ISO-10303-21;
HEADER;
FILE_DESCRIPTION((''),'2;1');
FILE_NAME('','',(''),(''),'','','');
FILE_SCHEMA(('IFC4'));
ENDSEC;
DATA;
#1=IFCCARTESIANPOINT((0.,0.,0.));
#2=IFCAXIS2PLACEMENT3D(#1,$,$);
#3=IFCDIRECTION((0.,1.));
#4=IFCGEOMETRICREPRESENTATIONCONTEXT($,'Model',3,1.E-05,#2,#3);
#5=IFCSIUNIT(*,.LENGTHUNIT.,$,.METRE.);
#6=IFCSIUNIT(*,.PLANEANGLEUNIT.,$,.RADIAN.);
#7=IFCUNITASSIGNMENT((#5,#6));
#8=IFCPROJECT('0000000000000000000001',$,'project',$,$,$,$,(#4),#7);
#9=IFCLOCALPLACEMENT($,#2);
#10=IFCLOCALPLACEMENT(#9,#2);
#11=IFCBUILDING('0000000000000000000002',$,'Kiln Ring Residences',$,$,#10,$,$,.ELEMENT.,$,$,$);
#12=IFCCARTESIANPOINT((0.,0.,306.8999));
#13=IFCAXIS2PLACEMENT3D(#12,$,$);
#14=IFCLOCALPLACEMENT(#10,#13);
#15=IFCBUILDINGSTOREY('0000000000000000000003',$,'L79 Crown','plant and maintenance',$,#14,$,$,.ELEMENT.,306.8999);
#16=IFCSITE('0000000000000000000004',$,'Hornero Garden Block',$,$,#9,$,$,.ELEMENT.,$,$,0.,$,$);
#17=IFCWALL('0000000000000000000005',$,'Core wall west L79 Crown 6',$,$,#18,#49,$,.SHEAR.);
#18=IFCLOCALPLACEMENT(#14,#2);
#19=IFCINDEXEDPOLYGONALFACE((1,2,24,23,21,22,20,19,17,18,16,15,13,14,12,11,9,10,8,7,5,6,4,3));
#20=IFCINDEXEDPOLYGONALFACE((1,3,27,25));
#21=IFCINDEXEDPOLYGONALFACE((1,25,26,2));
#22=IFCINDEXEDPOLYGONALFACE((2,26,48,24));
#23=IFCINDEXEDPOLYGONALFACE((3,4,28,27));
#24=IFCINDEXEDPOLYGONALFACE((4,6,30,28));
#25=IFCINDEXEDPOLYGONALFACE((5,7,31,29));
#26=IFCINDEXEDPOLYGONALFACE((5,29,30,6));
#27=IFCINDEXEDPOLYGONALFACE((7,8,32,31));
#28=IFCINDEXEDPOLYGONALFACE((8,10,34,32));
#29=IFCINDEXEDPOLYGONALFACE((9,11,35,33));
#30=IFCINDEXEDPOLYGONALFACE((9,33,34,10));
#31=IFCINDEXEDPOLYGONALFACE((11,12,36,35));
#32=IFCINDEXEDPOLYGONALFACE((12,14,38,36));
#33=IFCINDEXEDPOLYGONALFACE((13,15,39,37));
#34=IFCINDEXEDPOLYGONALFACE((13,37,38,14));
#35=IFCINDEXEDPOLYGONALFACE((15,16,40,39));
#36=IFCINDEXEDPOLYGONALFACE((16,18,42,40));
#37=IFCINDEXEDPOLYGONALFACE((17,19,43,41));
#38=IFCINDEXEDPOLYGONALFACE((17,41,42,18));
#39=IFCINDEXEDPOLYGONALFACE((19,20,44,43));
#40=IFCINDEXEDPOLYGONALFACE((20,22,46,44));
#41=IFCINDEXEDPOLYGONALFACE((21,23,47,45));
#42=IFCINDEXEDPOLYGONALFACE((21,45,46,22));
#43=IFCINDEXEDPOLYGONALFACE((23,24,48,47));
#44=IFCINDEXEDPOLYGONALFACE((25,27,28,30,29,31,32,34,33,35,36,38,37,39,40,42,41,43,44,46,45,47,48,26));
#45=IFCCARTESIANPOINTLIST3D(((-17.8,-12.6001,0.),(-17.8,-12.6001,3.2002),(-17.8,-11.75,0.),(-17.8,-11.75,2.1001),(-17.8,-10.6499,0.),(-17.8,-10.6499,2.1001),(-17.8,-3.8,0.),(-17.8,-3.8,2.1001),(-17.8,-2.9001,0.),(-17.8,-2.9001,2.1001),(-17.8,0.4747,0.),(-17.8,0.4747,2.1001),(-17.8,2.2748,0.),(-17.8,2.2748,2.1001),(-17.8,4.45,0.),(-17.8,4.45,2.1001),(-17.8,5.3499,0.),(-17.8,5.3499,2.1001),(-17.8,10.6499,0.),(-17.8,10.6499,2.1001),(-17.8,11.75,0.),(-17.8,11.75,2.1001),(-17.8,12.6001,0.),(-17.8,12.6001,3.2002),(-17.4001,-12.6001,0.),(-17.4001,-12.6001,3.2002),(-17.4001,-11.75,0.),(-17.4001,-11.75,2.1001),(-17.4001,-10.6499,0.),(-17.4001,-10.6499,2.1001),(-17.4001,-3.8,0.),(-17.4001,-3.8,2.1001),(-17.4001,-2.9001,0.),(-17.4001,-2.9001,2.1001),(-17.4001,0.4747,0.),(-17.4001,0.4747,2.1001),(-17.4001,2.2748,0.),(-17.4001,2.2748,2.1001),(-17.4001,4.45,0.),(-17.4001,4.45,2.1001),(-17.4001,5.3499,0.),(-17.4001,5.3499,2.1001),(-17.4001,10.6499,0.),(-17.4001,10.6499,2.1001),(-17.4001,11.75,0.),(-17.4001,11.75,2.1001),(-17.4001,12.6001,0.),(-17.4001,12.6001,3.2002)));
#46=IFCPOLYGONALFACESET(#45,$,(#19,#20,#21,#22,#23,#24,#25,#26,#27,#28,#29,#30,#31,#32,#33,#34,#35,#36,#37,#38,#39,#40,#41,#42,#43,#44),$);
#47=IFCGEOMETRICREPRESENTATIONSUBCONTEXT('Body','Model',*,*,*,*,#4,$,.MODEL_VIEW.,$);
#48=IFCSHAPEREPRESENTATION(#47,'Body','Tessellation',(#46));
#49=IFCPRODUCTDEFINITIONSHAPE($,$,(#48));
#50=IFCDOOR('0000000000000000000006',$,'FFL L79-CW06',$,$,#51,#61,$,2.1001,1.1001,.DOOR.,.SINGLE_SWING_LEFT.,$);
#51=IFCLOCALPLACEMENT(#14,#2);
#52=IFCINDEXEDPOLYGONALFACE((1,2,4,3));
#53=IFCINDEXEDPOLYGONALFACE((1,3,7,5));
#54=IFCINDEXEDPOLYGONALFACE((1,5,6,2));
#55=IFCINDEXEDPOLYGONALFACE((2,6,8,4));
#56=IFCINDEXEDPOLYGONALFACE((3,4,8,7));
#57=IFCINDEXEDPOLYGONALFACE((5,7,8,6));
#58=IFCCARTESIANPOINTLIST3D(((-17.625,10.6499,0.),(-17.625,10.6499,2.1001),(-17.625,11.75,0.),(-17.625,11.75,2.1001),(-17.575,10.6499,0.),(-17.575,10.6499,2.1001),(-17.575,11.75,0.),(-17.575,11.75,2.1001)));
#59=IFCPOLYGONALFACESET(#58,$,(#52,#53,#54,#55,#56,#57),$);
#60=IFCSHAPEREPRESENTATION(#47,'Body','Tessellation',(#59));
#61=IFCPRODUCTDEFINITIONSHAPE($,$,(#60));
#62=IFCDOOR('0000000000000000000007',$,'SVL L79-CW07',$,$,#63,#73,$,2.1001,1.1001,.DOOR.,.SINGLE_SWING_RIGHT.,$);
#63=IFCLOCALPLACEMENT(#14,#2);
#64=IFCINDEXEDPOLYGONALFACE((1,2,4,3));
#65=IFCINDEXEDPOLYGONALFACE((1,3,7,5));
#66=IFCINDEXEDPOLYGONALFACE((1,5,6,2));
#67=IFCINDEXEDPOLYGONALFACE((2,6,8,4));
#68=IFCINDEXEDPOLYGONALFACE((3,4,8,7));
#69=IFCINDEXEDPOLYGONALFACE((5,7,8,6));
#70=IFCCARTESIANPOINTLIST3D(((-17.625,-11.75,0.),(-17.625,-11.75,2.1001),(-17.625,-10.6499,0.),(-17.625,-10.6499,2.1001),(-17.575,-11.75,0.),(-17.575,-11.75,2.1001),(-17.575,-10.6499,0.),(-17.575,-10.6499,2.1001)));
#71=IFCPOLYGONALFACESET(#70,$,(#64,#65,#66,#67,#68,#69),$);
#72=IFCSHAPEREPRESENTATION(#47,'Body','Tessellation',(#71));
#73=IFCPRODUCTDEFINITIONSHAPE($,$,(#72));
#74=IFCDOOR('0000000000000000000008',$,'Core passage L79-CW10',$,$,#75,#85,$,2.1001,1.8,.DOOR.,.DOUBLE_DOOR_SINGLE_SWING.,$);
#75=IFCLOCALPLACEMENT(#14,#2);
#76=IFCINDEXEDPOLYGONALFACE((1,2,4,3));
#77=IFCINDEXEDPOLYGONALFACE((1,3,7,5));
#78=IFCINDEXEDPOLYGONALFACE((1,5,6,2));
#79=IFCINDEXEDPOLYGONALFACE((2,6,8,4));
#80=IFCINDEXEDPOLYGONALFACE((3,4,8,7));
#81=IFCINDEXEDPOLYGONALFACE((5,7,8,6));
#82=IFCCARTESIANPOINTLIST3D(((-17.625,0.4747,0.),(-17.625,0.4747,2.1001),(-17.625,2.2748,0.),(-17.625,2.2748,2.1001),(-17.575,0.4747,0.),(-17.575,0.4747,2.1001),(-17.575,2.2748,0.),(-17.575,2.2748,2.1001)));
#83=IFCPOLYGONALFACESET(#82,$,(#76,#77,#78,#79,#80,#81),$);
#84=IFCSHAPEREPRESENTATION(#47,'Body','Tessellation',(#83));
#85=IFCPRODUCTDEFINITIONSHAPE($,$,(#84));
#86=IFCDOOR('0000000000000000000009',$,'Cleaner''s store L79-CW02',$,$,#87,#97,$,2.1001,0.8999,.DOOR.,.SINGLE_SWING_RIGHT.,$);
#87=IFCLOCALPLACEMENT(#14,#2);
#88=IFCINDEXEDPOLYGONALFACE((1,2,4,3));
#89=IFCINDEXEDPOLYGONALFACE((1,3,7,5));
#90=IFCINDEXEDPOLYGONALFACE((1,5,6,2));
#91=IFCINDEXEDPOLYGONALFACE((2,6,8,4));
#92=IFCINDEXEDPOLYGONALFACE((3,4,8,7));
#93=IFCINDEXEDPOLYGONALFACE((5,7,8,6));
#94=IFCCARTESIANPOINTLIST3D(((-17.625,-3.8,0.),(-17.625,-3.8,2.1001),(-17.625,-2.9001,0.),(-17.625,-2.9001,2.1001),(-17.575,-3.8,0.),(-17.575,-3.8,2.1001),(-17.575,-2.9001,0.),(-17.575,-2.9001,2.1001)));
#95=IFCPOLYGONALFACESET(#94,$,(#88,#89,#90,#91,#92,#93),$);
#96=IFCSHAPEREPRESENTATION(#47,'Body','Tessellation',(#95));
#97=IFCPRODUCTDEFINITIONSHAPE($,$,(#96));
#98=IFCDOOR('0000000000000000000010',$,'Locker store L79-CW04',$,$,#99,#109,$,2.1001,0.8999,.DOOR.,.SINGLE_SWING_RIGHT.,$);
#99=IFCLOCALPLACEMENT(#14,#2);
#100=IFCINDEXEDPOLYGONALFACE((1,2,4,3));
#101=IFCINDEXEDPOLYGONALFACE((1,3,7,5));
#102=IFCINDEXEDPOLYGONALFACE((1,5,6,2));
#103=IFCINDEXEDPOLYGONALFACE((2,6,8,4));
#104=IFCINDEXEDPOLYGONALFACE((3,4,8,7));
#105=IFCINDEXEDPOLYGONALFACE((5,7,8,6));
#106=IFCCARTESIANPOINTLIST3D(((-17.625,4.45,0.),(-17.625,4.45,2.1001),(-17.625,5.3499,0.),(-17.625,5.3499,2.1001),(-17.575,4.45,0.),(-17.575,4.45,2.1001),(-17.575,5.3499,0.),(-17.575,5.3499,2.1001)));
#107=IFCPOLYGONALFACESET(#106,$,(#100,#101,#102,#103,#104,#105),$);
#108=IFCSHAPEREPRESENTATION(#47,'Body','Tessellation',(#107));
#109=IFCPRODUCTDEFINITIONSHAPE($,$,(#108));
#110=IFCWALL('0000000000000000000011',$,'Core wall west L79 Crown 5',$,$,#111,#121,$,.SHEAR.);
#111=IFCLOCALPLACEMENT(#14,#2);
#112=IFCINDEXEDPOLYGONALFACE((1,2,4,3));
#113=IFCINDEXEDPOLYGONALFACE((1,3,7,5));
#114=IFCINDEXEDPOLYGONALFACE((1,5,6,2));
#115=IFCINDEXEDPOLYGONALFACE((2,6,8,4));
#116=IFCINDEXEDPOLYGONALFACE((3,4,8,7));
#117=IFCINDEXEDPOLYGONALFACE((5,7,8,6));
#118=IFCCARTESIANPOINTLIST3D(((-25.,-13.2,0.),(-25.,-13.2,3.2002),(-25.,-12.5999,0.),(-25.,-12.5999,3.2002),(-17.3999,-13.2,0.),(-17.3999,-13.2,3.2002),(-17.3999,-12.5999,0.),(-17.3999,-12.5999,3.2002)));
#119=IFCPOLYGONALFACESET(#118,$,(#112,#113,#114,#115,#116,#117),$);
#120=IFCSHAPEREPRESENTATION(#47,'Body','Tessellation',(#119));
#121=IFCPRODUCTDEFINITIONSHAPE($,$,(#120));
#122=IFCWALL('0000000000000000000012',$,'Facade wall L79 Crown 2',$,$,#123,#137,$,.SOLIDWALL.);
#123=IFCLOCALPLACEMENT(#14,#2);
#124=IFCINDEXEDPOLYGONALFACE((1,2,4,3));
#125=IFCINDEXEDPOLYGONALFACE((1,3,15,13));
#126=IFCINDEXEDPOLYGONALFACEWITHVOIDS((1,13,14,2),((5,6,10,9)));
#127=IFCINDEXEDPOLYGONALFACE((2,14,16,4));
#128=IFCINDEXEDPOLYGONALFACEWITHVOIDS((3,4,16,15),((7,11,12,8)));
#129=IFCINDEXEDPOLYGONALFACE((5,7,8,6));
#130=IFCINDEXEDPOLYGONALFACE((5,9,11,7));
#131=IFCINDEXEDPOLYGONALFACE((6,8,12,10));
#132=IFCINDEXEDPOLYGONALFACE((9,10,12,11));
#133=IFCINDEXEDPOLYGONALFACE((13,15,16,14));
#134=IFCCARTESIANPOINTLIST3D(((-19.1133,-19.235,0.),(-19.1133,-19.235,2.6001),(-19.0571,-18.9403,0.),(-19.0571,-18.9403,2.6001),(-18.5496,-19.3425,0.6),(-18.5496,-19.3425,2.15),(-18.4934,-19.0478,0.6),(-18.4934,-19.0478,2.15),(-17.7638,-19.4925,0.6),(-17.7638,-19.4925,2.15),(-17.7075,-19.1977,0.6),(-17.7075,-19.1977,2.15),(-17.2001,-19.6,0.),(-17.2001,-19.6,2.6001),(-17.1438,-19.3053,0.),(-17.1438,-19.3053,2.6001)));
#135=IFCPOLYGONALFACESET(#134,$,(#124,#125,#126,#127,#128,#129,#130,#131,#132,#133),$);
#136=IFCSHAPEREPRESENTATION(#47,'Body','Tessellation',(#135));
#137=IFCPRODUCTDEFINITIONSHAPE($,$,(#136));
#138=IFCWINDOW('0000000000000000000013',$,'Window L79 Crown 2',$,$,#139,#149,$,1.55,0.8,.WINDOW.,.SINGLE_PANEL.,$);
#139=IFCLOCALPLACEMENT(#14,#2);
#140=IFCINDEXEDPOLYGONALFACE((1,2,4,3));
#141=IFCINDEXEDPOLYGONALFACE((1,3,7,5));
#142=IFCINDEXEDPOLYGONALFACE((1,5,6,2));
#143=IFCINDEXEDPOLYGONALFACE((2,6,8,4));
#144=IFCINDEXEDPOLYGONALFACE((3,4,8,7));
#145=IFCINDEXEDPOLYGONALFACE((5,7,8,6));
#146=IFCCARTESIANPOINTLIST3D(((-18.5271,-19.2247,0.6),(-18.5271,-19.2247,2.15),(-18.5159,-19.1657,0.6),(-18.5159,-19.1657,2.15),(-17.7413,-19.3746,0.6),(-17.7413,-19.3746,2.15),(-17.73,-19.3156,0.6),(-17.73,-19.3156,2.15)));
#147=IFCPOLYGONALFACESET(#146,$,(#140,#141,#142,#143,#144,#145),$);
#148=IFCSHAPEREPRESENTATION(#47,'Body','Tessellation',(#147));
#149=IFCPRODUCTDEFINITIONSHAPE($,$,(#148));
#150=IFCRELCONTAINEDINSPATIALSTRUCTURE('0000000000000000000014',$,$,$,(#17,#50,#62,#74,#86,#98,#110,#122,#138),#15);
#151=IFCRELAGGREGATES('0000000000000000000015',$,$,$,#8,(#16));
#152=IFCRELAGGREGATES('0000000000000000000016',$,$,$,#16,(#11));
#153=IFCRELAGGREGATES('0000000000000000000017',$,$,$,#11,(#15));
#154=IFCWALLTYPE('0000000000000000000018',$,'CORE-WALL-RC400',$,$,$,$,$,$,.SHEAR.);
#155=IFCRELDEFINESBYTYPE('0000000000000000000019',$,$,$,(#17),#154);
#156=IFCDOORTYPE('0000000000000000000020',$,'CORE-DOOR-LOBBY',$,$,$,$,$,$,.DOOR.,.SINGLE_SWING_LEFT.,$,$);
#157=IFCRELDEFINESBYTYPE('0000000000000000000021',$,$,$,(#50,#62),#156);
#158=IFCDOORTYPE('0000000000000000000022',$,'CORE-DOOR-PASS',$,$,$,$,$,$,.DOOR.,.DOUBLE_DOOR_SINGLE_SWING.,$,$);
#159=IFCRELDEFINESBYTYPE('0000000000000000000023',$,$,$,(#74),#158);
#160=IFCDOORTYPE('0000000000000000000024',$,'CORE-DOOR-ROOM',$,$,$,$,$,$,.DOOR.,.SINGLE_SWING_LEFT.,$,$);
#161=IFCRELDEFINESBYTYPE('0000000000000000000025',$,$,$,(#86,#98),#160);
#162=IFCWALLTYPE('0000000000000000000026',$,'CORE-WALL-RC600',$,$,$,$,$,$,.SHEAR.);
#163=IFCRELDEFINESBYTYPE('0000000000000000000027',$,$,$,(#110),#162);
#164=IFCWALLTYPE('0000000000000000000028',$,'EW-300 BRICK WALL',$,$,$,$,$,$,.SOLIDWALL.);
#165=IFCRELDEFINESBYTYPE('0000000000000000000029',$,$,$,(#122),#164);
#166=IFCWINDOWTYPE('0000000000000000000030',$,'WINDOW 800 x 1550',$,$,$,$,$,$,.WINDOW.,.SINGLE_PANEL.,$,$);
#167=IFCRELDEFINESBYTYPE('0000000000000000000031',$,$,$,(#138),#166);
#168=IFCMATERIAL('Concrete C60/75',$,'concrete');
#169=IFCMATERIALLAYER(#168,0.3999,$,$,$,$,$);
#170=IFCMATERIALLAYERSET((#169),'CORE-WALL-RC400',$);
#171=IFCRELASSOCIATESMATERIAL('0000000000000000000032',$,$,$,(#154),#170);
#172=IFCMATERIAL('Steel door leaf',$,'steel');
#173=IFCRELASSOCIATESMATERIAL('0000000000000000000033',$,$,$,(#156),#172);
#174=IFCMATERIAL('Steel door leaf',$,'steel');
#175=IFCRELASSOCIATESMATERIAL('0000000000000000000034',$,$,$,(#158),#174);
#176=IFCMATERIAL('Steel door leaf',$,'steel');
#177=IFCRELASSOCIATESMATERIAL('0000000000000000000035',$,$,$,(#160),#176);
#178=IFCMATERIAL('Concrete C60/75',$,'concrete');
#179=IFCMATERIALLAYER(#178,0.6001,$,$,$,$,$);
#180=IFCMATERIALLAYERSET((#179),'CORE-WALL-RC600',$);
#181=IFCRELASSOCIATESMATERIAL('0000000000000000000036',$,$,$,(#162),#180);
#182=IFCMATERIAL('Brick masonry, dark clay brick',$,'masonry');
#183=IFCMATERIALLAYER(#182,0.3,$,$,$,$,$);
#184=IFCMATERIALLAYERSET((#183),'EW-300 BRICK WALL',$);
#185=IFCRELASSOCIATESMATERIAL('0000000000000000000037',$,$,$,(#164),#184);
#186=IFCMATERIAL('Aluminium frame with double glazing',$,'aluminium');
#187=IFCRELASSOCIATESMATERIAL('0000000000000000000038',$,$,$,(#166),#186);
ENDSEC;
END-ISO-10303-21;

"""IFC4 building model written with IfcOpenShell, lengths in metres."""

from ifc_helpers import new_model, si_unit, direction, frame, frame_2d, origin, place, context, subcontext, project, spatial, rectangle, extrude, material, layer, layer_set, type_object, element, fill, save


model = new_model("IFC4")

# Units and contexts
model_context = context("Model", 3, precision=1e-05, world=origin(), true_north=direction((0.0, 1.0)))
body_context = subcontext(model_context, "Body", "Model", "MODEL_VIEW")
ifc_project = project(units=[si_unit("LENGTHUNIT", "METRE"), si_unit("PLANEANGLEUNIT", "RADIAN")], contexts=[model_context])

# Site, building, storey
site_placement = place(None, origin())
site = spatial("IfcSite", under=ifc_project, at=site_placement, Name="Hornero Garden Block", CompositionType="ELEMENT", RefElevation=0.0)
building_placement = place(site_placement, origin())
building = spatial("IfcBuilding", under=site, at=building_placement, Name="Kiln Ring Residences", CompositionType="ELEMENT")
storey_placement = place(building_placement, frame((0.0, 0.0, 306.8999)))
storey = spatial("IfcBuildingStorey", under=building, at=storey_placement, Name="L79 Crown", Description="plant and maintenance", CompositionType="ELEMENT", Elevation=306.8999)

# Wall, openings, doors
ifc_material_1 = material(Name="Concrete C60/75", Category="concrete")
ifc_layer_1 = layer(ifc_material_1, 0.3999)
ifc_layer_set_1 = layer_set([ifc_layer_1], Name="CORE-WALL-RC400")
wall_type_1 = type_object("IfcWallType", Name="CORE-WALL-RC400", PredefinedType="SHEAR", material=ifc_layer_set_1)
wall_1_placement = place(storey_placement, frame((-17.6001, -12.6001, 0.0), z_axis=(0.0, 0.0, 1.0), x_axis=(0.0, 1.0, 0.0)))
wall_1 = element("IfcWall", 1, at=wall_1_placement, inside=storey, type_object=wall_type_1, Name="Core wall west L79 Crown 6", PredefinedType="SHEAR", context=body_context, shape_type="SweptSolid", body=[
    extrude(rectangle(XDim=25.2002, YDim=0.3999, at=frame_2d((12.6001, 0.0))), origin(), (0.0, 0.0, 1.0), 3.2002),
])
opening_1_placement = place(wall_1_placement, frame((8.8, 0.0, 0.0)))
opening_1 = element("IfcOpeningElement", 2, at=opening_1_placement, cuts=wall_1, PredefinedType="OPENING", context=body_context, shape_type="SweptSolid", body=[
    extrude(rectangle(XDim=0.8999, YDim=2.1001, at=frame_2d((0.45, 1.05))), frame((0.0, 0.21, 0.0), z_axis=(0.0, -1.0, 0.0), x_axis=(1.0, 0.0, 0.0)), (0.0, 0.0, 1.0), 0.4199),
])
opening_2_placement = place(wall_1_placement, frame((17.05, 0.0, 0.0)))
opening_2 = element("IfcOpeningElement", 3, at=opening_2_placement, cuts=wall_1, PredefinedType="OPENING", context=body_context, shape_type="SweptSolid", body=[
    extrude(rectangle(XDim=0.8999, YDim=2.1001, at=frame_2d((0.45, 1.05))), frame((0.0, 0.21, 0.0), z_axis=(0.0, -1.0, 0.0), x_axis=(1.0, 0.0, 0.0)), (0.0, 0.0, 1.0), 0.4199),
])
opening_3_placement = place(wall_1_placement, frame((23.25, 0.0, 0.0)))
opening_3 = element("IfcOpeningElement", 4, at=opening_3_placement, cuts=wall_1, PredefinedType="OPENING", context=body_context, shape_type="SweptSolid", body=[
    extrude(rectangle(XDim=1.1001, YDim=2.1001, at=frame_2d((0.55, 1.05))), frame((0.0, 0.21, 0.0), z_axis=(0.0, -1.0, 0.0), x_axis=(1.0, 0.0, 0.0)), (0.0, 0.0, 1.0), 0.4199),
])
opening_4_placement = place(wall_1_placement, frame((0.8501, 0.0, 0.0)))
opening_4 = element("IfcOpeningElement", 5, at=opening_4_placement, cuts=wall_1, PredefinedType="OPENING", context=body_context, shape_type="SweptSolid", body=[
    extrude(rectangle(XDim=1.1001, YDim=2.1001, at=frame_2d((0.55, 1.05))), frame((0.0, 0.21, 0.0), z_axis=(0.0, -1.0, 0.0), x_axis=(1.0, 0.0, 0.0)), (0.0, 0.0, 1.0), 0.4199),
])
opening_5_placement = place(wall_1_placement, frame((13.075, 0.0, 0.0)))
opening_5 = element("IfcOpeningElement", 6, at=opening_5_placement, cuts=wall_1, PredefinedType="OPENING", context=body_context, shape_type="SweptSolid", body=[
    extrude(rectangle(XDim=1.8, YDim=2.1001, at=frame_2d((0.8999, 1.05))), frame((0.0, 0.21, 0.0), z_axis=(0.0, -1.0, 0.0), x_axis=(1.0, 0.0, 0.0)), (0.0, 0.0, 1.0), 0.4199),
])
ifc_material_2 = material(Name="Steel door leaf", Category="steel")
door_type_1 = type_object("IfcDoorType", Name="CORE-DOOR-LOBBY", OperationType="SINGLE_SWING_LEFT", PredefinedType="DOOR", material=ifc_material_2)
door_1_placement = place(opening_3_placement, origin())
door_1 = element("IfcDoor", 7, at=door_1_placement, inside=storey, type_object=door_type_1, Name="FFL L79-CW06", OperationType="SINGLE_SWING_LEFT", OverallHeight=2.1001, OverallWidth=1.1001, PredefinedType="DOOR", context=body_context, shape_type="SweptSolid", body=[
    extrude(rectangle(XDim=1.1001, YDim=2.1001, at=frame_2d((0.55, 1.05))), frame((0.0, 0.0249, 0.0), z_axis=(0.0, -1.0, 0.0), x_axis=(1.0, 0.0, 0.0)), (0.0, 0.0, 1.0), 0.05),
])
fill(opening_3, door_1)
door_2_placement = place(opening_4_placement, origin())
door_2 = element("IfcDoor", 8, at=door_2_placement, inside=storey, type_object=door_type_1, Name="SVL L79-CW07", OperationType="SINGLE_SWING_RIGHT", OverallHeight=2.1001, OverallWidth=1.1001, PredefinedType="DOOR", context=body_context, shape_type="SweptSolid", body=[
    extrude(rectangle(XDim=1.1001, YDim=2.1001, at=frame_2d((0.55, 1.05))), frame((0.0, 0.0249, 0.0), z_axis=(0.0, -1.0, 0.0), x_axis=(1.0, 0.0, 0.0)), (0.0, 0.0, 1.0), 0.05),
])
fill(opening_4, door_2)
ifc_material_3 = material(Name="Steel door leaf", Category="steel")
door_type_2 = type_object("IfcDoorType", Name="CORE-DOOR-PASS", OperationType="DOUBLE_DOOR_SINGLE_SWING", PredefinedType="DOOR", material=ifc_material_3)
door_3_placement = place(opening_5_placement, origin())
door_3 = element("IfcDoor", 9, at=door_3_placement, inside=storey, type_object=door_type_2, Name="Core passage L79-CW10", OperationType="DOUBLE_DOOR_SINGLE_SWING", OverallHeight=2.1001, OverallWidth=1.8, PredefinedType="DOOR", context=body_context, shape_type="SweptSolid", body=[
    extrude(rectangle(XDim=1.8, YDim=2.1001, at=frame_2d((0.8999, 1.05))), frame((0.0, 0.0249, 0.0), z_axis=(0.0, -1.0, 0.0), x_axis=(1.0, 0.0, 0.0)), (0.0, 0.0, 1.0), 0.05),
])
fill(opening_5, door_3)
ifc_material_4 = material(Name="Steel door leaf", Category="steel")
door_type_3 = type_object("IfcDoorType", Name="CORE-DOOR-ROOM", OperationType="SINGLE_SWING_LEFT", PredefinedType="DOOR", material=ifc_material_4)
door_4_placement = place(opening_1_placement, origin())
door_4 = element("IfcDoor", 10, at=door_4_placement, inside=storey, type_object=door_type_3, Name="Cleaner's store L79-CW02", OperationType="SINGLE_SWING_RIGHT", OverallHeight=2.1001, OverallWidth=0.8999, PredefinedType="DOOR", context=body_context, shape_type="SweptSolid", body=[
    extrude(rectangle(XDim=0.8999, YDim=2.1001, at=frame_2d((0.45, 1.05))), frame((0.0, 0.0249, 0.0), z_axis=(0.0, -1.0, 0.0), x_axis=(1.0, 0.0, 0.0)), (0.0, 0.0, 1.0), 0.05),
])
fill(opening_1, door_4)
door_5_placement = place(opening_2_placement, origin())
door_5 = element("IfcDoor", 11, at=door_5_placement, inside=storey, type_object=door_type_3, Name="Locker store L79-CW04", OperationType="SINGLE_SWING_RIGHT", OverallHeight=2.1001, OverallWidth=0.8999, PredefinedType="DOOR", context=body_context, shape_type="SweptSolid", body=[
    extrude(rectangle(XDim=0.8999, YDim=2.1001, at=frame_2d((0.45, 1.05))), frame((0.0, 0.0249, 0.0), z_axis=(0.0, -1.0, 0.0), x_axis=(1.0, 0.0, 0.0)), (0.0, 0.0, 1.0), 0.05),
])
fill(opening_2, door_5)

# Wall
ifc_material_5 = material(Name="Concrete C60/75", Category="concrete")
ifc_layer_2 = layer(ifc_material_5, 0.6001)
ifc_layer_set_2 = layer_set([ifc_layer_2], Name="CORE-WALL-RC600")
wall_type_2 = type_object("IfcWallType", Name="CORE-WALL-RC600", PredefinedType="SHEAR", material=ifc_layer_set_2)
wall_2_placement = place(storey_placement, frame((-17.3999, -12.8999, 0.0), z_axis=(0.0, 0.0, 1.0), x_axis=(-1.0, 0.0, 0.0)))
element("IfcWall", 12, at=wall_2_placement, inside=storey, type_object=wall_type_2, Name="Core wall west L79 Crown 5", PredefinedType="SHEAR", context=body_context, shape_type="SweptSolid", body=[
    extrude(rectangle(XDim=7.6001, YDim=0.6001, at=frame_2d((3.8, 0.0))), origin(), (0.0, 0.0, 1.0), 3.2002),
])

# Wall, opening, window
ifc_material_6 = material(Name="Brick masonry, dark clay brick", Category="masonry")
ifc_layer_3 = layer(ifc_material_6, 0.3)
ifc_layer_set_3 = layer_set([ifc_layer_3], Name="EW-300 BRICK WALL")
wall_type_3 = type_object("IfcWallType", Name="EW-300 BRICK WALL", PredefinedType="SOLIDWALL", material=ifc_layer_set_3)
wall_3_placement = place(storey_placement, frame((-19.0852, -19.0876, 0.0), z_axis=(0.0, 0.0, 1.0), x_axis=(0.982287, -0.187383, 0.0)))
wall_3 = element("IfcWall", 13, at=wall_3_placement, inside=storey, type_object=wall_type_3, Name="Facade wall L79 Crown 2", PredefinedType="SOLIDWALL", context=body_context, shape_type="SweptSolid", body=[
    extrude(rectangle(XDim=1.9478, YDim=0.3, at=frame_2d((0.9739, 0.0))), origin(), (0.0, 0.0, 1.0), 2.6001),
])
opening_6_placement = place(wall_3_placement, frame((0.574, 0.0, 0.6001)))
opening_6 = element("IfcOpeningElement", 14, at=opening_6_placement, cuts=wall_3, PredefinedType="OPENING", context=body_context, shape_type="SweptSolid", body=[
    extrude(rectangle(XDim=0.8, YDim=1.55, at=frame_2d((0.3999, 0.7749))), frame((0.0, 0.1599, 0.0), z_axis=(0.0, -1.0, 0.0), x_axis=(1.0, 0.0, 0.0)), (0.0, 0.0, 1.0), 0.3201),
])
ifc_material_7 = material(Name="Aluminium frame with double glazing", Category="aluminium")
window_type_1 = type_object("IfcWindowType", Name="WINDOW 800 x 1550", PartitioningType="SINGLE_PANEL", PredefinedType="WINDOW", material=ifc_material_7)
window_1_placement = place(opening_6_placement, origin())
window_1 = element("IfcWindow", 15, at=window_1_placement, inside=storey, type_object=window_type_1, Name="Window L79 Crown 2", OverallHeight=1.55, OverallWidth=0.8, PartitioningType="SINGLE_PANEL", PredefinedType="WINDOW", context=body_context, shape_type="SweptSolid", body=[
    extrude(rectangle(XDim=0.8, YDim=1.55, at=frame_2d((0.3999, 0.7749))), frame((0.0, 0.03, 0.0), z_axis=(0.0, -1.0, 0.0), x_axis=(1.0, 0.0, 0.0)), (0.0, 0.0, 1.0), 0.0601),
])
fill(opening_6, window_1)

save(model, "model.ifc")
